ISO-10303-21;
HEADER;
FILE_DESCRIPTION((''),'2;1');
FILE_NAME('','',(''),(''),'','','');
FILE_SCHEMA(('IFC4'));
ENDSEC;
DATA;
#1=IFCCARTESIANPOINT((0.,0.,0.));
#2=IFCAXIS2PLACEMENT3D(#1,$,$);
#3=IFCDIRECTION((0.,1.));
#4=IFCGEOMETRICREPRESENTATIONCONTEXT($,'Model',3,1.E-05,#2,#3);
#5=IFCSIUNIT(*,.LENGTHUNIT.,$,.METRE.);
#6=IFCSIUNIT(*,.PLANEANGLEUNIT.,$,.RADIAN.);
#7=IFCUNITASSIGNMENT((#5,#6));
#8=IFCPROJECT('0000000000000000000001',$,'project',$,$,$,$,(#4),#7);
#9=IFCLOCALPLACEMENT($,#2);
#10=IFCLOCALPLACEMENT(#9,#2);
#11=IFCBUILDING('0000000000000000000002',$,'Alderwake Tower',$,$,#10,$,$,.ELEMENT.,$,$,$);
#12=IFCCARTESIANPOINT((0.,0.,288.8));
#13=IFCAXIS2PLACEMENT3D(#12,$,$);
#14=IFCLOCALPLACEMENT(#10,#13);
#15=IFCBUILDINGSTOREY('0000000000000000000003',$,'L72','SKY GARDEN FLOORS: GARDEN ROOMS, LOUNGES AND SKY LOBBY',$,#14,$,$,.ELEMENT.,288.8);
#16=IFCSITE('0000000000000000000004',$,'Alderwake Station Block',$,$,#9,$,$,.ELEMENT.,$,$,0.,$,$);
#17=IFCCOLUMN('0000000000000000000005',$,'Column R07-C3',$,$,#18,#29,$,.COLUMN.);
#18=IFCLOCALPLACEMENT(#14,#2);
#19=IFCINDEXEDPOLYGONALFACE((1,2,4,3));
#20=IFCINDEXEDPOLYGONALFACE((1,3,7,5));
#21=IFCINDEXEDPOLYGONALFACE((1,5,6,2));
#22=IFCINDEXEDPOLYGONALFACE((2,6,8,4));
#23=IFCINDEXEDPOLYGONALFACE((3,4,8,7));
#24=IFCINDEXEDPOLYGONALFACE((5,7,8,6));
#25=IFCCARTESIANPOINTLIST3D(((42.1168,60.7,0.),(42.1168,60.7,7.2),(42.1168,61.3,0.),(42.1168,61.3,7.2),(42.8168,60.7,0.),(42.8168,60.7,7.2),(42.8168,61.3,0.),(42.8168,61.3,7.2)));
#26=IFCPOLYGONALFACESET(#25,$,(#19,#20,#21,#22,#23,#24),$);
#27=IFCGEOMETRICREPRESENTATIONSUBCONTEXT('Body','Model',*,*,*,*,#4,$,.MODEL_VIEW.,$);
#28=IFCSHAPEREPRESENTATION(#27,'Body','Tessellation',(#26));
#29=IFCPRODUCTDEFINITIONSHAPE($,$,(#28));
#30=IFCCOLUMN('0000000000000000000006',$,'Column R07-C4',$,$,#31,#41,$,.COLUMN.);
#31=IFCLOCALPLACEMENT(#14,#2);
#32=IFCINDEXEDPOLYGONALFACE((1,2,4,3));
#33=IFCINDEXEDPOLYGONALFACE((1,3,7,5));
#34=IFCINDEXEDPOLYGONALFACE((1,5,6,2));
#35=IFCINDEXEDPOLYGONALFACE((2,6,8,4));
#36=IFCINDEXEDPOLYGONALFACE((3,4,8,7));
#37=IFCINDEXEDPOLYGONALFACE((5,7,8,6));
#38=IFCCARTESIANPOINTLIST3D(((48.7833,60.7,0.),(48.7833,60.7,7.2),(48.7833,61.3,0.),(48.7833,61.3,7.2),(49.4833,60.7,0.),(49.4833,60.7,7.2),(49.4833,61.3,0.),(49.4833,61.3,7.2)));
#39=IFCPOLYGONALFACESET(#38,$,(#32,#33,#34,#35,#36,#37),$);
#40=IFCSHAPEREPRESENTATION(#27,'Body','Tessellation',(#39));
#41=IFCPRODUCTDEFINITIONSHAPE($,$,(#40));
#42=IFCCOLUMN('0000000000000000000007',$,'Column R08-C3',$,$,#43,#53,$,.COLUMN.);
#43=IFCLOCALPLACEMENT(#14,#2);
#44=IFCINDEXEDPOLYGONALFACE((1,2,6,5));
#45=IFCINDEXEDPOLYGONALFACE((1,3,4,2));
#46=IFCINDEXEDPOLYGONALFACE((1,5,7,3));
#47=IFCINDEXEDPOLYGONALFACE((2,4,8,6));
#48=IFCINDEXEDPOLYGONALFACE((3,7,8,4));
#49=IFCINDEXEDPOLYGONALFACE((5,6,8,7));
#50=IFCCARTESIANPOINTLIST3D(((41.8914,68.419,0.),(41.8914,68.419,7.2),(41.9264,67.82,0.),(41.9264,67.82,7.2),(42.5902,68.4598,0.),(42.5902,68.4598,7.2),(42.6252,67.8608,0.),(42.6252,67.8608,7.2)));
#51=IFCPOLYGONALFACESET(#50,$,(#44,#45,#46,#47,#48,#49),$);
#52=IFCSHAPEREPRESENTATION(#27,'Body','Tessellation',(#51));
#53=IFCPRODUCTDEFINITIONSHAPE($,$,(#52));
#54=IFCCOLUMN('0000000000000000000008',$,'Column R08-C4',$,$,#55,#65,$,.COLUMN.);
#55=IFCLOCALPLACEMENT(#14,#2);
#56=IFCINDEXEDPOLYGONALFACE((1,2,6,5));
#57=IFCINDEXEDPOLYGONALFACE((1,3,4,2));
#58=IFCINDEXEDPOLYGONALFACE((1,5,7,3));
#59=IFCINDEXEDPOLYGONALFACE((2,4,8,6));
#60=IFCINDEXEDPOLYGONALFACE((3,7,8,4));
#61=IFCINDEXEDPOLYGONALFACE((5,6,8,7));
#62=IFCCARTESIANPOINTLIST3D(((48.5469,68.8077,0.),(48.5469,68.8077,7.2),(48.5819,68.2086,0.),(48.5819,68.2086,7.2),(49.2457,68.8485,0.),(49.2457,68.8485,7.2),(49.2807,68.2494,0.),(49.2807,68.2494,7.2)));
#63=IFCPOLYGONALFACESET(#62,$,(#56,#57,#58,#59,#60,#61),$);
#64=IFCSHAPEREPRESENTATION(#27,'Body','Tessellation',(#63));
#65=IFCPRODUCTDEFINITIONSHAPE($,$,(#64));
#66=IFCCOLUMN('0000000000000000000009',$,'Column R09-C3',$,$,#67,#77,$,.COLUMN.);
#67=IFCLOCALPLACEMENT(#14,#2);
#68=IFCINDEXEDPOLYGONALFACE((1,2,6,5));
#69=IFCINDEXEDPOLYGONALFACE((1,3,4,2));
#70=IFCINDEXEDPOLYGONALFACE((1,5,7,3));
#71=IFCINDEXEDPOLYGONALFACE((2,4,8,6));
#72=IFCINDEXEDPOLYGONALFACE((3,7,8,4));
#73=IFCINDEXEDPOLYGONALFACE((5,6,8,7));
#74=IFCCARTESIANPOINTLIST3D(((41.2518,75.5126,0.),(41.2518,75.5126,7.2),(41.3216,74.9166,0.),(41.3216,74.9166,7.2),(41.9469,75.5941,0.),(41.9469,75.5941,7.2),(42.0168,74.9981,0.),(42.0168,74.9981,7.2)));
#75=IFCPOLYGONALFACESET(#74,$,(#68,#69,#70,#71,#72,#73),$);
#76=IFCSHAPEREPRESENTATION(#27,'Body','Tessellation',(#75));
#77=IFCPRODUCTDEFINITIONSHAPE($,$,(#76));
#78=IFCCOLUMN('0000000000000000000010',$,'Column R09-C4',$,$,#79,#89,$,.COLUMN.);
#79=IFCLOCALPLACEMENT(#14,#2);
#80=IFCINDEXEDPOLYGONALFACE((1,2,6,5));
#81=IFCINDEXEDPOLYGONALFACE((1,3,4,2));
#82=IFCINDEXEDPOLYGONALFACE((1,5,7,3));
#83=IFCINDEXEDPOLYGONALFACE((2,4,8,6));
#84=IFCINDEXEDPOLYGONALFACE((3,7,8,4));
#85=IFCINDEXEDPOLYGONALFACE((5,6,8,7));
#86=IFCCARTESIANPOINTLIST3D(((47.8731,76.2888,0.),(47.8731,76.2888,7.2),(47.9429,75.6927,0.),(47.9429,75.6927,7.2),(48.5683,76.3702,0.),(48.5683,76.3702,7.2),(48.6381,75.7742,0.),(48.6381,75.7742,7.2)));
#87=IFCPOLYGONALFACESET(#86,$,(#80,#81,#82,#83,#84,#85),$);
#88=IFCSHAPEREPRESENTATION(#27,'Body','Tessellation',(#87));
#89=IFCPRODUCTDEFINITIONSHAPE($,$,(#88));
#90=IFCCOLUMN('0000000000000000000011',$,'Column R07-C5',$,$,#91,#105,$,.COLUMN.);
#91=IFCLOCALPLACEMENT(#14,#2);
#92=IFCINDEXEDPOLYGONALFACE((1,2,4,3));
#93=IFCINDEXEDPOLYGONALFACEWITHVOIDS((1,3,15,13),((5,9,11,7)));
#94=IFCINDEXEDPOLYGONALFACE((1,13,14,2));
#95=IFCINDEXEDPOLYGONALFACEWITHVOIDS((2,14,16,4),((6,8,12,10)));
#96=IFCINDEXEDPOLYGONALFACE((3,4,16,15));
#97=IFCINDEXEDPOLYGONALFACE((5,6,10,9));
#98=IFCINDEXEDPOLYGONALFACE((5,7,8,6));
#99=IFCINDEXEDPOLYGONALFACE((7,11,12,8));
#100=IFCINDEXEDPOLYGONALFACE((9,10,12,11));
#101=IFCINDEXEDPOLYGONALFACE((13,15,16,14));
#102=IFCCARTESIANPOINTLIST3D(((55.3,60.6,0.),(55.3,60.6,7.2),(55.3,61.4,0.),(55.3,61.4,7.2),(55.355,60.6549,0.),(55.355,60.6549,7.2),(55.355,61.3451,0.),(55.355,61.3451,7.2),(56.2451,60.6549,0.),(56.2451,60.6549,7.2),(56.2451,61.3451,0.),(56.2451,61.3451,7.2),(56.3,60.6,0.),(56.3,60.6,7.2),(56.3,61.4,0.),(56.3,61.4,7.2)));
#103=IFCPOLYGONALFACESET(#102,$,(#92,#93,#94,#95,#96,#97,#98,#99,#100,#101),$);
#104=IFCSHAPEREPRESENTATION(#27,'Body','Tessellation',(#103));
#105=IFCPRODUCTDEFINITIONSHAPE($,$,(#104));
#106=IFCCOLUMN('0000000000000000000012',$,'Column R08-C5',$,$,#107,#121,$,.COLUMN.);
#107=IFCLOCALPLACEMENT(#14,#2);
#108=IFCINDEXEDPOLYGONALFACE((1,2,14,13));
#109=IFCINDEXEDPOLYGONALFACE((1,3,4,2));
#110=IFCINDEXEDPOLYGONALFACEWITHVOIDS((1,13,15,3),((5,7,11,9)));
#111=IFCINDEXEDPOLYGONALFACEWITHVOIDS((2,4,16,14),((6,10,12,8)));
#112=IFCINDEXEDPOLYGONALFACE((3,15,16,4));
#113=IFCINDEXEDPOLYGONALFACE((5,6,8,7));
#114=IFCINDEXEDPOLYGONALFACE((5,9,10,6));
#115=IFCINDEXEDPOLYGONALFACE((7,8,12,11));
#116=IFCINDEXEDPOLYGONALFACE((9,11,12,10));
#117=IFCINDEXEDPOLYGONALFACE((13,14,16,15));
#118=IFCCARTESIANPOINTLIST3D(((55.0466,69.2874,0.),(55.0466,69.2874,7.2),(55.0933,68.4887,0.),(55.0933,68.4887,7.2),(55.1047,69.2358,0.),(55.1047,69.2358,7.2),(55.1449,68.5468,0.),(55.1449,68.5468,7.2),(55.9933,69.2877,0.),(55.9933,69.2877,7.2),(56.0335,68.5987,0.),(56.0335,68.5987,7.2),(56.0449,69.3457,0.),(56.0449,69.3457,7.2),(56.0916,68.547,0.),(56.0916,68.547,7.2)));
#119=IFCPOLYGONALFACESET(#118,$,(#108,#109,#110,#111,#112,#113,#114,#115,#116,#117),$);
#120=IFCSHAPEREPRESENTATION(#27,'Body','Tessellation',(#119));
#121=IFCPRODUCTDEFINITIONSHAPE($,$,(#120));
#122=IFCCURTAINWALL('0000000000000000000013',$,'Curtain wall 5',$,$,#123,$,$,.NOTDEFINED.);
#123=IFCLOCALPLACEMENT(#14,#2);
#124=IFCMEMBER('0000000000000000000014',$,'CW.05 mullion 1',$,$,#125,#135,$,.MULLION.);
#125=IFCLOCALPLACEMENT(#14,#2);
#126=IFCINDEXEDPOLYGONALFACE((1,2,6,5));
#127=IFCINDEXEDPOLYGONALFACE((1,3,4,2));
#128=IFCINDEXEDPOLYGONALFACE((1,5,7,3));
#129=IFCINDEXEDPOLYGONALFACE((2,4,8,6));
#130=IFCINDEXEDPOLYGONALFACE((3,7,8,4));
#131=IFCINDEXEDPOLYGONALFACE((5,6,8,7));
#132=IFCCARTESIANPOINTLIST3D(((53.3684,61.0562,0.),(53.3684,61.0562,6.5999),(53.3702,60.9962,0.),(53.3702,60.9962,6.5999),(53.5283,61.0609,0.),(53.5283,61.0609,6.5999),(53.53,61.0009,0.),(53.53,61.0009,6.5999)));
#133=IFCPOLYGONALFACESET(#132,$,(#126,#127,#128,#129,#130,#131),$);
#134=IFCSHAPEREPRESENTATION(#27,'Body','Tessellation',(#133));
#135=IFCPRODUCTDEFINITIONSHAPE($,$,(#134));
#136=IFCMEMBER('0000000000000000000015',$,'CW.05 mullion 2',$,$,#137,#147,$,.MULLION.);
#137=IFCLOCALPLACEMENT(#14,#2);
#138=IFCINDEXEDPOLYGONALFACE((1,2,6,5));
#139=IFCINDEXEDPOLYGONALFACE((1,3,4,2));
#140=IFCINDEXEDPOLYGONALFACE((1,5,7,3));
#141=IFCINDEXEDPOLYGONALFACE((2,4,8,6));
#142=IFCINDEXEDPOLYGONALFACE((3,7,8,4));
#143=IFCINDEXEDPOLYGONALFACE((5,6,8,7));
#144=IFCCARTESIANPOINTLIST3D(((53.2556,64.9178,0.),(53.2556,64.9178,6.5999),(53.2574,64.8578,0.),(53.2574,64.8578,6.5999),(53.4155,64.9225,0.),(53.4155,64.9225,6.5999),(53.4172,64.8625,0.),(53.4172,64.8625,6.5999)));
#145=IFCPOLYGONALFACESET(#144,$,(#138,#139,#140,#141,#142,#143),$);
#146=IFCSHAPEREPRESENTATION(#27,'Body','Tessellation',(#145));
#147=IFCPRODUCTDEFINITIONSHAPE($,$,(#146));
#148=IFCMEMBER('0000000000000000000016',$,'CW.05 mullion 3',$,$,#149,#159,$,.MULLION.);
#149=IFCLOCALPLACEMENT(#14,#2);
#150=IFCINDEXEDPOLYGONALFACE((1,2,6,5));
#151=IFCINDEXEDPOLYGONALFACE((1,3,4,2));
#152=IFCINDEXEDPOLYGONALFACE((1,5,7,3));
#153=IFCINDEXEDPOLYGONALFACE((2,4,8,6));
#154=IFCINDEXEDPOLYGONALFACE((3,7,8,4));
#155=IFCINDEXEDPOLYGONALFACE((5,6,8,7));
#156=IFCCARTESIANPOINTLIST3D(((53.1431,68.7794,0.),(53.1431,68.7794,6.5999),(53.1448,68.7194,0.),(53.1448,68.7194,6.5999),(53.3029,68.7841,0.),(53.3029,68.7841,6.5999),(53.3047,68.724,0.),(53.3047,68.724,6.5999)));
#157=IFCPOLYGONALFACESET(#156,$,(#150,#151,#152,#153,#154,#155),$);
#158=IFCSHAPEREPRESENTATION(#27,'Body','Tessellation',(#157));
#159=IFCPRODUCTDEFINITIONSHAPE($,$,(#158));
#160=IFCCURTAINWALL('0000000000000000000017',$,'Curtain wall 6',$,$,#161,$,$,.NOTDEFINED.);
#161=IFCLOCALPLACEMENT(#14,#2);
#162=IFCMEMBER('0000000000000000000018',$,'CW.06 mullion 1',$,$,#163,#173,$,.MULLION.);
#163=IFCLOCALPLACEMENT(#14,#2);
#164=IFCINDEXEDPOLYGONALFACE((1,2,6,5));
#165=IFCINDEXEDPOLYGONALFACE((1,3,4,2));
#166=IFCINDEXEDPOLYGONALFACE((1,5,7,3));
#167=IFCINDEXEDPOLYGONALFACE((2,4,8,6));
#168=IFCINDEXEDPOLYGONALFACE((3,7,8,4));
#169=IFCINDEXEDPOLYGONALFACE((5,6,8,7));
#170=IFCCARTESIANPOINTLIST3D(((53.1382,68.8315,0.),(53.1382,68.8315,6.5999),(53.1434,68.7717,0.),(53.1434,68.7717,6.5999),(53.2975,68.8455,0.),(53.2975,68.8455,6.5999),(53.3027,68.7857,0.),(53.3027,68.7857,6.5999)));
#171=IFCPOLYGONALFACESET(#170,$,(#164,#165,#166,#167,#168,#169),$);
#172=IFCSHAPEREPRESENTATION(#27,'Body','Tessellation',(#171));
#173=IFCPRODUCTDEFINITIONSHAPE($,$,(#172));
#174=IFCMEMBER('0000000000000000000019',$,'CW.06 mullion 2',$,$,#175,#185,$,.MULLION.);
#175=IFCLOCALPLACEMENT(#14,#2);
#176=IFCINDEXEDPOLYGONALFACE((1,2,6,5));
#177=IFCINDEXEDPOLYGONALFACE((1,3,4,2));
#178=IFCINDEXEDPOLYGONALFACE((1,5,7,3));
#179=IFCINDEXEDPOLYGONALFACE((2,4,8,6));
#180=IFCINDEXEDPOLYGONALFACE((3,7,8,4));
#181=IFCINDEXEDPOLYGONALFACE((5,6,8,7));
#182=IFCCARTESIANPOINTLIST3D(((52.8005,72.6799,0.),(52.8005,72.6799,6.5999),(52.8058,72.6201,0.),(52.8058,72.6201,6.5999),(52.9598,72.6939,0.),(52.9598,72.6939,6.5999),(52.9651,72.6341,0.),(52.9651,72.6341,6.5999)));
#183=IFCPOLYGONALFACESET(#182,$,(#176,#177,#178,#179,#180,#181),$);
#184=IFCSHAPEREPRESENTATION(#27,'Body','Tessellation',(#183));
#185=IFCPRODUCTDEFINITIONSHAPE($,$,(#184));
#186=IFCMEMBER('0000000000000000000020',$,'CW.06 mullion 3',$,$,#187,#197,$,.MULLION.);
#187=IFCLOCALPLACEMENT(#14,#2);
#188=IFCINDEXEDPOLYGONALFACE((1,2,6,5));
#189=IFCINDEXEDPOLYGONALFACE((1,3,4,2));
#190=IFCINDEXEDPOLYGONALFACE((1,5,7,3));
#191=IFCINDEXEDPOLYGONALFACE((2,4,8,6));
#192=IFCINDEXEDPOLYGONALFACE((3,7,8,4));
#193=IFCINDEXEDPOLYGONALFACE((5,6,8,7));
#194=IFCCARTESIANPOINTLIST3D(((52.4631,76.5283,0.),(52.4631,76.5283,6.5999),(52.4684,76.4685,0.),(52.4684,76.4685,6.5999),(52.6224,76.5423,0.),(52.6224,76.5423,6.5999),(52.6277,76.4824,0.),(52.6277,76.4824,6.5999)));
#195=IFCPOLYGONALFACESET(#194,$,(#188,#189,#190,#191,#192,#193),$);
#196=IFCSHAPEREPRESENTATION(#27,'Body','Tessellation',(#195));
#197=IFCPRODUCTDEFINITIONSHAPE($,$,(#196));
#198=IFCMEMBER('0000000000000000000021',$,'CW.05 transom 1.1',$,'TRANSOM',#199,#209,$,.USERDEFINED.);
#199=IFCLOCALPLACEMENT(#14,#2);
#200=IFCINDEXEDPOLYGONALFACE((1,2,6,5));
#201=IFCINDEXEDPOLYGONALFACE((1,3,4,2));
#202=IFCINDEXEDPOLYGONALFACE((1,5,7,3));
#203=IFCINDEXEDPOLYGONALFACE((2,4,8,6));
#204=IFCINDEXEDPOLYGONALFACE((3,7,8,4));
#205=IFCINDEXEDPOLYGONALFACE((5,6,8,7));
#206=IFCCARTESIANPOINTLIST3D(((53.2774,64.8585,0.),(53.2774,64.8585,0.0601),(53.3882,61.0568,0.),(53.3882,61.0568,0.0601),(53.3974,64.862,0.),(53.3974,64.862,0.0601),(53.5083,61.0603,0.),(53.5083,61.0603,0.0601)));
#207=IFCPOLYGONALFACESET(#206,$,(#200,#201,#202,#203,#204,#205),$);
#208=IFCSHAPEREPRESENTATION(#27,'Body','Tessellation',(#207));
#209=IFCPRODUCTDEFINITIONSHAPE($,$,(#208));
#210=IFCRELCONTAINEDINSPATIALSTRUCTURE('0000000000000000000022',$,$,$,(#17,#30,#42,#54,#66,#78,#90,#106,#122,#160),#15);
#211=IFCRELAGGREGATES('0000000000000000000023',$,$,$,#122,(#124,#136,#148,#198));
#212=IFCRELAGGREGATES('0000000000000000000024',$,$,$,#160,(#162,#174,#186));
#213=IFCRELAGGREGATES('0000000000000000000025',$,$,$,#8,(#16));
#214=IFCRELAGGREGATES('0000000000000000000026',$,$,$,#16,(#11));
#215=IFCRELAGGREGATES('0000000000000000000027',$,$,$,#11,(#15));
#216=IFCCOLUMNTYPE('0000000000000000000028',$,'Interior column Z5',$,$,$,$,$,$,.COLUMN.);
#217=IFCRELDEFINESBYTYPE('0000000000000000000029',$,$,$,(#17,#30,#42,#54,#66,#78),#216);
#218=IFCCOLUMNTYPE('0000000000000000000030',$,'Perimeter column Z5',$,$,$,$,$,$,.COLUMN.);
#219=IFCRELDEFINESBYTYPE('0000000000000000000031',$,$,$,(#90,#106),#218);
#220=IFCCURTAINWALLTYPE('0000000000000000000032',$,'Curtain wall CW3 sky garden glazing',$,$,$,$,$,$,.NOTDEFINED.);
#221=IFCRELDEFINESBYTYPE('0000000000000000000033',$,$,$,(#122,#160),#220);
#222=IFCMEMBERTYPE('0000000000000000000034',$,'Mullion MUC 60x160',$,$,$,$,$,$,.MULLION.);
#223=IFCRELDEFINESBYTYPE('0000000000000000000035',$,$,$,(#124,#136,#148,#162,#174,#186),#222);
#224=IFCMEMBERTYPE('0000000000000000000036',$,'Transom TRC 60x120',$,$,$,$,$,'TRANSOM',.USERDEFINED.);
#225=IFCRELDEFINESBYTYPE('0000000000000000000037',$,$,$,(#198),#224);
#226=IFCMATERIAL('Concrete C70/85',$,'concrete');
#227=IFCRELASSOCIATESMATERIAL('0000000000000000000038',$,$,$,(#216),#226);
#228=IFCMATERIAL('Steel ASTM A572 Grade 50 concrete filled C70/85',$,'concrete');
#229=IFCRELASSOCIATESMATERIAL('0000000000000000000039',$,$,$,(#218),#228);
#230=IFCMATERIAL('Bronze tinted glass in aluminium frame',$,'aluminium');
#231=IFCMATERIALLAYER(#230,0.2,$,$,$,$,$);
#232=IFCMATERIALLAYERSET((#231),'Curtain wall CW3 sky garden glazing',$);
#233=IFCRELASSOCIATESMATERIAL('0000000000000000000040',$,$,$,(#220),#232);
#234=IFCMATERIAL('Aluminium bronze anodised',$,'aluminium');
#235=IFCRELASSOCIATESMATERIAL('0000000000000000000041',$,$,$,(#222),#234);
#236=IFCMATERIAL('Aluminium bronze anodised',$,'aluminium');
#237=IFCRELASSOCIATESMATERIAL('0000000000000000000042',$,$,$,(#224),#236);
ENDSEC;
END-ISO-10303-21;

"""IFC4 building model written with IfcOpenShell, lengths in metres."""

from ifc_helpers import new_model, si_unit, direction, frame, origin, origin_2d, place, context, subcontext, project, spatial, rectangle, hollow_rectangle, extrude, material, layer, layer_set, material_profile, profile_set, type_object, element, aggregate, save


model = new_model("IFC4")

# Units and contexts
model_context = context("Model", 3, precision=1e-05, world=origin(), true_north=direction((0.0, 1.0)))
body_context = subcontext(model_context, "Body", "Model", "MODEL_VIEW")
ifc_project = project(units=[si_unit("LENGTHUNIT", "METRE"), si_unit("PLANEANGLEUNIT", "RADIAN")], contexts=[model_context])

# Site, building, storey
site_placement = place(None, origin())
site = spatial("IfcSite", under=ifc_project, at=site_placement, Name="Alderwake Station Block", CompositionType="ELEMENT", RefElevation=0.0)
building_placement = place(site_placement, origin())
building = spatial("IfcBuilding", under=site, at=building_placement, Name="Alderwake Tower", CompositionType="ELEMENT")
storey_placement = place(building_placement, frame((0.0, 0.0, 288.8)))
storey = spatial("IfcBuildingStorey", under=building, at=storey_placement, Name="L72", Description="SKY GARDEN FLOORS: GARDEN ROOMS, LOUNGES AND SKY LOBBY", CompositionType="ELEMENT", Elevation=288.8)

# Columns
ifc_material_1 = material(Name="Concrete C70/85", Category="concrete")
ifc_material_profile_1 = material_profile(ifc_material_1, rectangle(XDim=0.6001, YDim=0.7, at=origin_2d()), Name="RC 700X600")
ifc_profile_set_1 = profile_set([ifc_material_profile_1], Name="Concrete C70/85")
column_type_1 = type_object("IfcColumnType", Name="Interior column Z5", PredefinedType="COLUMN", material=ifc_profile_set_1)
for number, where, z_axis, x_axis, name in (
    (1, (42.4668, 61.0, 0.0), (0.0, 0.0, 1.0), (0.0, 1.0, 0.0), "Column R07-C3"),
    (2, (49.1333, 61.0, 0.0), (0.0, 0.0, 1.0), (0.0, 1.0, 0.0), "Column R07-C4"),
    (3, (42.2583, 68.1399, 0.0), (0.0, 0.0, 1.0), (-0.058299, 0.998299, 0.0), "Column R08-C3"),
    (4, (48.9138, 68.5286, 0.0), (0.0, 0.0, 1.0), (-0.058301, 0.998299, 0.0), "Column R08-C4"),
    (5, (41.6343, 75.2554, 0.0), (0.0, 0.0, 1.0), (-0.116402, 0.993202, 0.0), "Column R09-C3"),
    (6, (48.2556, 76.0315, 0.0), (0.0, 0.0, 1.0), (-0.116402, 0.993202, 0.0), "Column R09-C4"),
):
    element("IfcColumn", number, at=place(storey_placement, frame(where, z_axis=z_axis, x_axis=x_axis)), inside=storey, type_object=column_type_1, Name=name, PredefinedType="COLUMN", context=body_context, shape_type="SweptSolid", body=[
        extrude(rectangle(XDim=0.6001, YDim=0.7, at=origin_2d()), origin(), (0.0, 0.0, 1.0), 7.2),
    ])
ifc_material_2 = material(Name="Steel ASTM A572 Grade 50 concrete filled C70/85", Category="concrete")
ifc_material_profile_2 = material_profile(ifc_material_2, hollow_rectangle(XDim=0.8, YDim=1.0, WallThickness=0.0549, at=origin_2d()), Name="BOX 1000X800X55")
ifc_profile_set_2 = profile_set([ifc_material_profile_2], Name="Steel ASTM A572 Grade 50 concrete filled C70/85")
column_type_2 = type_object("IfcColumnType", Name="Perimeter column Z5", PredefinedType="COLUMN", material=ifc_profile_set_2)
for number, where, z_axis, x_axis, name in (
    (7, (55.8, 61.0, 0.0), (0.0, 0.0, 1.0), (0.0, 1.0, 0.0), "Column R07-C5"),
    (8, (55.5691, 68.9172, 0.0), (0.0, 0.0, 1.0), (-0.058301, 0.998299, 0.0), "Column R08-C5"),
):
    element("IfcColumn", number, at=place(storey_placement, frame(where, z_axis=z_axis, x_axis=x_axis)), inside=storey, type_object=column_type_2, Name=name, PredefinedType="COLUMN", context=body_context, shape_type="SweptSolid", body=[
        extrude(hollow_rectangle(XDim=0.8, YDim=1.0, WallThickness=0.0549, at=origin_2d()), origin(), (0.0, 0.0, 1.0), 7.2),
    ])

# Curtain walls, members
ifc_material_3 = material(Name="Bronze tinted glass in aluminium frame", Category="aluminium")
ifc_layer_1 = layer(ifc_material_3, 0.2)
ifc_layer_set_1 = layer_set([ifc_layer_1], Name="Curtain wall CW3 sky garden glazing")
curtain_wall_type = type_object("IfcCurtainWallType", Name="Curtain wall CW3 sky garden glazing", PredefinedType="NOTDEFINED", material=ifc_layer_set_1)
curtain_wall_1_placement = place(storey_placement, origin())
curtain_wall_1 = element("IfcCurtainWall", 9, at=curtain_wall_1_placement, inside=storey, type_object=curtain_wall_type, Name="Curtain wall 5", PredefinedType="NOTDEFINED")
ifc_material_4 = material(Name="Aluminium bronze anodised", Category="aluminium")
ifc_material_profile_3 = material_profile(ifc_material_4, rectangle(XDim=0.1599, YDim=0.0601, at=origin_2d()), Name="Mullion MUC 60x160")
ifc_profile_set_3 = profile_set([ifc_material_profile_3], Name="Aluminium bronze anodised")
member_type_1 = type_object("IfcMemberType", Name="Mullion MUC 60x160", PredefinedType="MULLION", material=ifc_profile_set_3)
member_1_placement = place(storey_placement, frame((53.4492, 61.0286, 0.0), z_axis=(0.0, 0.0, 1.0), x_axis=(-0.999575, -0.029166, 0.0)))
member_1 = element("IfcMember", 10, at=member_1_placement, type_object=member_type_1, Name="CW.05 mullion 1", PredefinedType="MULLION", context=body_context, shape_type="SweptSolid", body=[
    extrude(rectangle(XDim=0.1599, YDim=0.0601, at=origin_2d()), origin(), (0.0, 0.0, 1.0), 6.5999),
])
member_2_placement = place(storey_placement, frame((53.3364, 64.8901, 0.0), z_axis=(0.0, 0.0, 1.0), x_axis=(-0.999575, -0.029166, 0.0)))
member_2 = element("IfcMember", 11, at=member_2_placement, type_object=member_type_1, Name="CW.05 mullion 2", PredefinedType="MULLION", context=body_context, shape_type="SweptSolid", body=[
    extrude(rectangle(XDim=0.1599, YDim=0.0601, at=origin_2d()), origin(), (0.0, 0.0, 1.0), 6.5999),
])
member_3_placement = place(storey_placement, frame((53.2239, 68.7517, 0.0), z_axis=(0.0, 0.0, 1.0), x_axis=(-0.999575, -0.029166, 0.0)))
member_3 = element("IfcMember", 12, at=member_3_placement, type_object=member_type_1, Name="CW.05 mullion 3", PredefinedType="MULLION", context=body_context, shape_type="SweptSolid", body=[
    extrude(rectangle(XDim=0.1599, YDim=0.0601, at=origin_2d()), origin(), (0.0, 0.0, 1.0), 6.5999),
])
curtain_wall_2_placement = place(storey_placement, origin())
curtain_wall_2 = element("IfcCurtainWall", 13, at=curtain_wall_2_placement, inside=storey, type_object=curtain_wall_type, Name="Curtain wall 6", PredefinedType="NOTDEFINED")
member_4_placement = place(storey_placement, frame((53.2205, 68.8086, 0.0), z_axis=(0.0, 0.0, 1.0), x_axis=(-0.996175, -0.087383, 0.0)))
member_4 = element("IfcMember", 14, at=member_4_placement, type_object=member_type_1, Name="CW.06 mullion 1", PredefinedType="MULLION", context=body_context, shape_type="SweptSolid", body=[
    extrude(rectangle(XDim=0.1599, YDim=0.0601, at=origin_2d()), origin(), (0.0, 0.0, 1.0), 6.5999),
])
member_5_placement = place(storey_placement, frame((52.8828, 72.657, 0.0), z_axis=(0.0, 0.0, 1.0), x_axis=(-0.996175, -0.087383, 0.0)))
member_5 = element("IfcMember", 15, at=member_5_placement, type_object=member_type_1, Name="CW.06 mullion 2", PredefinedType="MULLION", context=body_context, shape_type="SweptSolid", body=[
    extrude(rectangle(XDim=0.1599, YDim=0.0601, at=origin_2d()), origin(), (0.0, 0.0, 1.0), 6.5999),
])
member_6_placement = place(storey_placement, frame((52.5454, 76.5054, 0.0), z_axis=(0.0, 0.0, 1.0), x_axis=(-0.996175, -0.087383, 0.0)))
member_6 = element("IfcMember", 16, at=member_6_placement, type_object=member_type_1, Name="CW.06 mullion 3", PredefinedType="MULLION", context=body_context, shape_type="SweptSolid", body=[
    extrude(rectangle(XDim=0.1599, YDim=0.0601, at=origin_2d()), origin(), (0.0, 0.0, 1.0), 6.5999),
])

# Member
ifc_material_5 = material(Name="Aluminium bronze anodised", Category="aluminium")
ifc_material_profile_4 = material_profile(ifc_material_5, rectangle(XDim=0.1201, YDim=0.0601, at=origin_2d()), Name="Transom TRC 60x120")
ifc_profile_set_4 = profile_set([ifc_material_profile_4], Name="Aluminium bronze anodised")
member_type_2 = type_object("IfcMemberType", Name="Transom TRC 60x120", ElementType="TRANSOM", PredefinedType="USERDEFINED", material=ifc_profile_set_4)
member_7_placement = place(storey_placement, frame((53.4482, 61.0586, 0.03), z_axis=(-0.029144, 0.999575, 0.0), x_axis=(-0.999575, -0.029144, 0.0)))
member_7 = element("IfcMember", 17, at=member_7_placement, type_object=member_type_2, Name="CW.05 transom 1.1", ObjectType="TRANSOM", PredefinedType="USERDEFINED", context=body_context, shape_type="SweptSolid", body=[
    extrude(rectangle(XDim=0.1201, YDim=0.0601, at=origin_2d()), origin(), (0.0, 0.0, 1.0), 3.8032),
])

aggregate(curtain_wall_1, [member_1, member_2, member_3, member_7])
aggregate(curtain_wall_2, [member_4, member_5, member_6])

save(model, "model.ifc")
